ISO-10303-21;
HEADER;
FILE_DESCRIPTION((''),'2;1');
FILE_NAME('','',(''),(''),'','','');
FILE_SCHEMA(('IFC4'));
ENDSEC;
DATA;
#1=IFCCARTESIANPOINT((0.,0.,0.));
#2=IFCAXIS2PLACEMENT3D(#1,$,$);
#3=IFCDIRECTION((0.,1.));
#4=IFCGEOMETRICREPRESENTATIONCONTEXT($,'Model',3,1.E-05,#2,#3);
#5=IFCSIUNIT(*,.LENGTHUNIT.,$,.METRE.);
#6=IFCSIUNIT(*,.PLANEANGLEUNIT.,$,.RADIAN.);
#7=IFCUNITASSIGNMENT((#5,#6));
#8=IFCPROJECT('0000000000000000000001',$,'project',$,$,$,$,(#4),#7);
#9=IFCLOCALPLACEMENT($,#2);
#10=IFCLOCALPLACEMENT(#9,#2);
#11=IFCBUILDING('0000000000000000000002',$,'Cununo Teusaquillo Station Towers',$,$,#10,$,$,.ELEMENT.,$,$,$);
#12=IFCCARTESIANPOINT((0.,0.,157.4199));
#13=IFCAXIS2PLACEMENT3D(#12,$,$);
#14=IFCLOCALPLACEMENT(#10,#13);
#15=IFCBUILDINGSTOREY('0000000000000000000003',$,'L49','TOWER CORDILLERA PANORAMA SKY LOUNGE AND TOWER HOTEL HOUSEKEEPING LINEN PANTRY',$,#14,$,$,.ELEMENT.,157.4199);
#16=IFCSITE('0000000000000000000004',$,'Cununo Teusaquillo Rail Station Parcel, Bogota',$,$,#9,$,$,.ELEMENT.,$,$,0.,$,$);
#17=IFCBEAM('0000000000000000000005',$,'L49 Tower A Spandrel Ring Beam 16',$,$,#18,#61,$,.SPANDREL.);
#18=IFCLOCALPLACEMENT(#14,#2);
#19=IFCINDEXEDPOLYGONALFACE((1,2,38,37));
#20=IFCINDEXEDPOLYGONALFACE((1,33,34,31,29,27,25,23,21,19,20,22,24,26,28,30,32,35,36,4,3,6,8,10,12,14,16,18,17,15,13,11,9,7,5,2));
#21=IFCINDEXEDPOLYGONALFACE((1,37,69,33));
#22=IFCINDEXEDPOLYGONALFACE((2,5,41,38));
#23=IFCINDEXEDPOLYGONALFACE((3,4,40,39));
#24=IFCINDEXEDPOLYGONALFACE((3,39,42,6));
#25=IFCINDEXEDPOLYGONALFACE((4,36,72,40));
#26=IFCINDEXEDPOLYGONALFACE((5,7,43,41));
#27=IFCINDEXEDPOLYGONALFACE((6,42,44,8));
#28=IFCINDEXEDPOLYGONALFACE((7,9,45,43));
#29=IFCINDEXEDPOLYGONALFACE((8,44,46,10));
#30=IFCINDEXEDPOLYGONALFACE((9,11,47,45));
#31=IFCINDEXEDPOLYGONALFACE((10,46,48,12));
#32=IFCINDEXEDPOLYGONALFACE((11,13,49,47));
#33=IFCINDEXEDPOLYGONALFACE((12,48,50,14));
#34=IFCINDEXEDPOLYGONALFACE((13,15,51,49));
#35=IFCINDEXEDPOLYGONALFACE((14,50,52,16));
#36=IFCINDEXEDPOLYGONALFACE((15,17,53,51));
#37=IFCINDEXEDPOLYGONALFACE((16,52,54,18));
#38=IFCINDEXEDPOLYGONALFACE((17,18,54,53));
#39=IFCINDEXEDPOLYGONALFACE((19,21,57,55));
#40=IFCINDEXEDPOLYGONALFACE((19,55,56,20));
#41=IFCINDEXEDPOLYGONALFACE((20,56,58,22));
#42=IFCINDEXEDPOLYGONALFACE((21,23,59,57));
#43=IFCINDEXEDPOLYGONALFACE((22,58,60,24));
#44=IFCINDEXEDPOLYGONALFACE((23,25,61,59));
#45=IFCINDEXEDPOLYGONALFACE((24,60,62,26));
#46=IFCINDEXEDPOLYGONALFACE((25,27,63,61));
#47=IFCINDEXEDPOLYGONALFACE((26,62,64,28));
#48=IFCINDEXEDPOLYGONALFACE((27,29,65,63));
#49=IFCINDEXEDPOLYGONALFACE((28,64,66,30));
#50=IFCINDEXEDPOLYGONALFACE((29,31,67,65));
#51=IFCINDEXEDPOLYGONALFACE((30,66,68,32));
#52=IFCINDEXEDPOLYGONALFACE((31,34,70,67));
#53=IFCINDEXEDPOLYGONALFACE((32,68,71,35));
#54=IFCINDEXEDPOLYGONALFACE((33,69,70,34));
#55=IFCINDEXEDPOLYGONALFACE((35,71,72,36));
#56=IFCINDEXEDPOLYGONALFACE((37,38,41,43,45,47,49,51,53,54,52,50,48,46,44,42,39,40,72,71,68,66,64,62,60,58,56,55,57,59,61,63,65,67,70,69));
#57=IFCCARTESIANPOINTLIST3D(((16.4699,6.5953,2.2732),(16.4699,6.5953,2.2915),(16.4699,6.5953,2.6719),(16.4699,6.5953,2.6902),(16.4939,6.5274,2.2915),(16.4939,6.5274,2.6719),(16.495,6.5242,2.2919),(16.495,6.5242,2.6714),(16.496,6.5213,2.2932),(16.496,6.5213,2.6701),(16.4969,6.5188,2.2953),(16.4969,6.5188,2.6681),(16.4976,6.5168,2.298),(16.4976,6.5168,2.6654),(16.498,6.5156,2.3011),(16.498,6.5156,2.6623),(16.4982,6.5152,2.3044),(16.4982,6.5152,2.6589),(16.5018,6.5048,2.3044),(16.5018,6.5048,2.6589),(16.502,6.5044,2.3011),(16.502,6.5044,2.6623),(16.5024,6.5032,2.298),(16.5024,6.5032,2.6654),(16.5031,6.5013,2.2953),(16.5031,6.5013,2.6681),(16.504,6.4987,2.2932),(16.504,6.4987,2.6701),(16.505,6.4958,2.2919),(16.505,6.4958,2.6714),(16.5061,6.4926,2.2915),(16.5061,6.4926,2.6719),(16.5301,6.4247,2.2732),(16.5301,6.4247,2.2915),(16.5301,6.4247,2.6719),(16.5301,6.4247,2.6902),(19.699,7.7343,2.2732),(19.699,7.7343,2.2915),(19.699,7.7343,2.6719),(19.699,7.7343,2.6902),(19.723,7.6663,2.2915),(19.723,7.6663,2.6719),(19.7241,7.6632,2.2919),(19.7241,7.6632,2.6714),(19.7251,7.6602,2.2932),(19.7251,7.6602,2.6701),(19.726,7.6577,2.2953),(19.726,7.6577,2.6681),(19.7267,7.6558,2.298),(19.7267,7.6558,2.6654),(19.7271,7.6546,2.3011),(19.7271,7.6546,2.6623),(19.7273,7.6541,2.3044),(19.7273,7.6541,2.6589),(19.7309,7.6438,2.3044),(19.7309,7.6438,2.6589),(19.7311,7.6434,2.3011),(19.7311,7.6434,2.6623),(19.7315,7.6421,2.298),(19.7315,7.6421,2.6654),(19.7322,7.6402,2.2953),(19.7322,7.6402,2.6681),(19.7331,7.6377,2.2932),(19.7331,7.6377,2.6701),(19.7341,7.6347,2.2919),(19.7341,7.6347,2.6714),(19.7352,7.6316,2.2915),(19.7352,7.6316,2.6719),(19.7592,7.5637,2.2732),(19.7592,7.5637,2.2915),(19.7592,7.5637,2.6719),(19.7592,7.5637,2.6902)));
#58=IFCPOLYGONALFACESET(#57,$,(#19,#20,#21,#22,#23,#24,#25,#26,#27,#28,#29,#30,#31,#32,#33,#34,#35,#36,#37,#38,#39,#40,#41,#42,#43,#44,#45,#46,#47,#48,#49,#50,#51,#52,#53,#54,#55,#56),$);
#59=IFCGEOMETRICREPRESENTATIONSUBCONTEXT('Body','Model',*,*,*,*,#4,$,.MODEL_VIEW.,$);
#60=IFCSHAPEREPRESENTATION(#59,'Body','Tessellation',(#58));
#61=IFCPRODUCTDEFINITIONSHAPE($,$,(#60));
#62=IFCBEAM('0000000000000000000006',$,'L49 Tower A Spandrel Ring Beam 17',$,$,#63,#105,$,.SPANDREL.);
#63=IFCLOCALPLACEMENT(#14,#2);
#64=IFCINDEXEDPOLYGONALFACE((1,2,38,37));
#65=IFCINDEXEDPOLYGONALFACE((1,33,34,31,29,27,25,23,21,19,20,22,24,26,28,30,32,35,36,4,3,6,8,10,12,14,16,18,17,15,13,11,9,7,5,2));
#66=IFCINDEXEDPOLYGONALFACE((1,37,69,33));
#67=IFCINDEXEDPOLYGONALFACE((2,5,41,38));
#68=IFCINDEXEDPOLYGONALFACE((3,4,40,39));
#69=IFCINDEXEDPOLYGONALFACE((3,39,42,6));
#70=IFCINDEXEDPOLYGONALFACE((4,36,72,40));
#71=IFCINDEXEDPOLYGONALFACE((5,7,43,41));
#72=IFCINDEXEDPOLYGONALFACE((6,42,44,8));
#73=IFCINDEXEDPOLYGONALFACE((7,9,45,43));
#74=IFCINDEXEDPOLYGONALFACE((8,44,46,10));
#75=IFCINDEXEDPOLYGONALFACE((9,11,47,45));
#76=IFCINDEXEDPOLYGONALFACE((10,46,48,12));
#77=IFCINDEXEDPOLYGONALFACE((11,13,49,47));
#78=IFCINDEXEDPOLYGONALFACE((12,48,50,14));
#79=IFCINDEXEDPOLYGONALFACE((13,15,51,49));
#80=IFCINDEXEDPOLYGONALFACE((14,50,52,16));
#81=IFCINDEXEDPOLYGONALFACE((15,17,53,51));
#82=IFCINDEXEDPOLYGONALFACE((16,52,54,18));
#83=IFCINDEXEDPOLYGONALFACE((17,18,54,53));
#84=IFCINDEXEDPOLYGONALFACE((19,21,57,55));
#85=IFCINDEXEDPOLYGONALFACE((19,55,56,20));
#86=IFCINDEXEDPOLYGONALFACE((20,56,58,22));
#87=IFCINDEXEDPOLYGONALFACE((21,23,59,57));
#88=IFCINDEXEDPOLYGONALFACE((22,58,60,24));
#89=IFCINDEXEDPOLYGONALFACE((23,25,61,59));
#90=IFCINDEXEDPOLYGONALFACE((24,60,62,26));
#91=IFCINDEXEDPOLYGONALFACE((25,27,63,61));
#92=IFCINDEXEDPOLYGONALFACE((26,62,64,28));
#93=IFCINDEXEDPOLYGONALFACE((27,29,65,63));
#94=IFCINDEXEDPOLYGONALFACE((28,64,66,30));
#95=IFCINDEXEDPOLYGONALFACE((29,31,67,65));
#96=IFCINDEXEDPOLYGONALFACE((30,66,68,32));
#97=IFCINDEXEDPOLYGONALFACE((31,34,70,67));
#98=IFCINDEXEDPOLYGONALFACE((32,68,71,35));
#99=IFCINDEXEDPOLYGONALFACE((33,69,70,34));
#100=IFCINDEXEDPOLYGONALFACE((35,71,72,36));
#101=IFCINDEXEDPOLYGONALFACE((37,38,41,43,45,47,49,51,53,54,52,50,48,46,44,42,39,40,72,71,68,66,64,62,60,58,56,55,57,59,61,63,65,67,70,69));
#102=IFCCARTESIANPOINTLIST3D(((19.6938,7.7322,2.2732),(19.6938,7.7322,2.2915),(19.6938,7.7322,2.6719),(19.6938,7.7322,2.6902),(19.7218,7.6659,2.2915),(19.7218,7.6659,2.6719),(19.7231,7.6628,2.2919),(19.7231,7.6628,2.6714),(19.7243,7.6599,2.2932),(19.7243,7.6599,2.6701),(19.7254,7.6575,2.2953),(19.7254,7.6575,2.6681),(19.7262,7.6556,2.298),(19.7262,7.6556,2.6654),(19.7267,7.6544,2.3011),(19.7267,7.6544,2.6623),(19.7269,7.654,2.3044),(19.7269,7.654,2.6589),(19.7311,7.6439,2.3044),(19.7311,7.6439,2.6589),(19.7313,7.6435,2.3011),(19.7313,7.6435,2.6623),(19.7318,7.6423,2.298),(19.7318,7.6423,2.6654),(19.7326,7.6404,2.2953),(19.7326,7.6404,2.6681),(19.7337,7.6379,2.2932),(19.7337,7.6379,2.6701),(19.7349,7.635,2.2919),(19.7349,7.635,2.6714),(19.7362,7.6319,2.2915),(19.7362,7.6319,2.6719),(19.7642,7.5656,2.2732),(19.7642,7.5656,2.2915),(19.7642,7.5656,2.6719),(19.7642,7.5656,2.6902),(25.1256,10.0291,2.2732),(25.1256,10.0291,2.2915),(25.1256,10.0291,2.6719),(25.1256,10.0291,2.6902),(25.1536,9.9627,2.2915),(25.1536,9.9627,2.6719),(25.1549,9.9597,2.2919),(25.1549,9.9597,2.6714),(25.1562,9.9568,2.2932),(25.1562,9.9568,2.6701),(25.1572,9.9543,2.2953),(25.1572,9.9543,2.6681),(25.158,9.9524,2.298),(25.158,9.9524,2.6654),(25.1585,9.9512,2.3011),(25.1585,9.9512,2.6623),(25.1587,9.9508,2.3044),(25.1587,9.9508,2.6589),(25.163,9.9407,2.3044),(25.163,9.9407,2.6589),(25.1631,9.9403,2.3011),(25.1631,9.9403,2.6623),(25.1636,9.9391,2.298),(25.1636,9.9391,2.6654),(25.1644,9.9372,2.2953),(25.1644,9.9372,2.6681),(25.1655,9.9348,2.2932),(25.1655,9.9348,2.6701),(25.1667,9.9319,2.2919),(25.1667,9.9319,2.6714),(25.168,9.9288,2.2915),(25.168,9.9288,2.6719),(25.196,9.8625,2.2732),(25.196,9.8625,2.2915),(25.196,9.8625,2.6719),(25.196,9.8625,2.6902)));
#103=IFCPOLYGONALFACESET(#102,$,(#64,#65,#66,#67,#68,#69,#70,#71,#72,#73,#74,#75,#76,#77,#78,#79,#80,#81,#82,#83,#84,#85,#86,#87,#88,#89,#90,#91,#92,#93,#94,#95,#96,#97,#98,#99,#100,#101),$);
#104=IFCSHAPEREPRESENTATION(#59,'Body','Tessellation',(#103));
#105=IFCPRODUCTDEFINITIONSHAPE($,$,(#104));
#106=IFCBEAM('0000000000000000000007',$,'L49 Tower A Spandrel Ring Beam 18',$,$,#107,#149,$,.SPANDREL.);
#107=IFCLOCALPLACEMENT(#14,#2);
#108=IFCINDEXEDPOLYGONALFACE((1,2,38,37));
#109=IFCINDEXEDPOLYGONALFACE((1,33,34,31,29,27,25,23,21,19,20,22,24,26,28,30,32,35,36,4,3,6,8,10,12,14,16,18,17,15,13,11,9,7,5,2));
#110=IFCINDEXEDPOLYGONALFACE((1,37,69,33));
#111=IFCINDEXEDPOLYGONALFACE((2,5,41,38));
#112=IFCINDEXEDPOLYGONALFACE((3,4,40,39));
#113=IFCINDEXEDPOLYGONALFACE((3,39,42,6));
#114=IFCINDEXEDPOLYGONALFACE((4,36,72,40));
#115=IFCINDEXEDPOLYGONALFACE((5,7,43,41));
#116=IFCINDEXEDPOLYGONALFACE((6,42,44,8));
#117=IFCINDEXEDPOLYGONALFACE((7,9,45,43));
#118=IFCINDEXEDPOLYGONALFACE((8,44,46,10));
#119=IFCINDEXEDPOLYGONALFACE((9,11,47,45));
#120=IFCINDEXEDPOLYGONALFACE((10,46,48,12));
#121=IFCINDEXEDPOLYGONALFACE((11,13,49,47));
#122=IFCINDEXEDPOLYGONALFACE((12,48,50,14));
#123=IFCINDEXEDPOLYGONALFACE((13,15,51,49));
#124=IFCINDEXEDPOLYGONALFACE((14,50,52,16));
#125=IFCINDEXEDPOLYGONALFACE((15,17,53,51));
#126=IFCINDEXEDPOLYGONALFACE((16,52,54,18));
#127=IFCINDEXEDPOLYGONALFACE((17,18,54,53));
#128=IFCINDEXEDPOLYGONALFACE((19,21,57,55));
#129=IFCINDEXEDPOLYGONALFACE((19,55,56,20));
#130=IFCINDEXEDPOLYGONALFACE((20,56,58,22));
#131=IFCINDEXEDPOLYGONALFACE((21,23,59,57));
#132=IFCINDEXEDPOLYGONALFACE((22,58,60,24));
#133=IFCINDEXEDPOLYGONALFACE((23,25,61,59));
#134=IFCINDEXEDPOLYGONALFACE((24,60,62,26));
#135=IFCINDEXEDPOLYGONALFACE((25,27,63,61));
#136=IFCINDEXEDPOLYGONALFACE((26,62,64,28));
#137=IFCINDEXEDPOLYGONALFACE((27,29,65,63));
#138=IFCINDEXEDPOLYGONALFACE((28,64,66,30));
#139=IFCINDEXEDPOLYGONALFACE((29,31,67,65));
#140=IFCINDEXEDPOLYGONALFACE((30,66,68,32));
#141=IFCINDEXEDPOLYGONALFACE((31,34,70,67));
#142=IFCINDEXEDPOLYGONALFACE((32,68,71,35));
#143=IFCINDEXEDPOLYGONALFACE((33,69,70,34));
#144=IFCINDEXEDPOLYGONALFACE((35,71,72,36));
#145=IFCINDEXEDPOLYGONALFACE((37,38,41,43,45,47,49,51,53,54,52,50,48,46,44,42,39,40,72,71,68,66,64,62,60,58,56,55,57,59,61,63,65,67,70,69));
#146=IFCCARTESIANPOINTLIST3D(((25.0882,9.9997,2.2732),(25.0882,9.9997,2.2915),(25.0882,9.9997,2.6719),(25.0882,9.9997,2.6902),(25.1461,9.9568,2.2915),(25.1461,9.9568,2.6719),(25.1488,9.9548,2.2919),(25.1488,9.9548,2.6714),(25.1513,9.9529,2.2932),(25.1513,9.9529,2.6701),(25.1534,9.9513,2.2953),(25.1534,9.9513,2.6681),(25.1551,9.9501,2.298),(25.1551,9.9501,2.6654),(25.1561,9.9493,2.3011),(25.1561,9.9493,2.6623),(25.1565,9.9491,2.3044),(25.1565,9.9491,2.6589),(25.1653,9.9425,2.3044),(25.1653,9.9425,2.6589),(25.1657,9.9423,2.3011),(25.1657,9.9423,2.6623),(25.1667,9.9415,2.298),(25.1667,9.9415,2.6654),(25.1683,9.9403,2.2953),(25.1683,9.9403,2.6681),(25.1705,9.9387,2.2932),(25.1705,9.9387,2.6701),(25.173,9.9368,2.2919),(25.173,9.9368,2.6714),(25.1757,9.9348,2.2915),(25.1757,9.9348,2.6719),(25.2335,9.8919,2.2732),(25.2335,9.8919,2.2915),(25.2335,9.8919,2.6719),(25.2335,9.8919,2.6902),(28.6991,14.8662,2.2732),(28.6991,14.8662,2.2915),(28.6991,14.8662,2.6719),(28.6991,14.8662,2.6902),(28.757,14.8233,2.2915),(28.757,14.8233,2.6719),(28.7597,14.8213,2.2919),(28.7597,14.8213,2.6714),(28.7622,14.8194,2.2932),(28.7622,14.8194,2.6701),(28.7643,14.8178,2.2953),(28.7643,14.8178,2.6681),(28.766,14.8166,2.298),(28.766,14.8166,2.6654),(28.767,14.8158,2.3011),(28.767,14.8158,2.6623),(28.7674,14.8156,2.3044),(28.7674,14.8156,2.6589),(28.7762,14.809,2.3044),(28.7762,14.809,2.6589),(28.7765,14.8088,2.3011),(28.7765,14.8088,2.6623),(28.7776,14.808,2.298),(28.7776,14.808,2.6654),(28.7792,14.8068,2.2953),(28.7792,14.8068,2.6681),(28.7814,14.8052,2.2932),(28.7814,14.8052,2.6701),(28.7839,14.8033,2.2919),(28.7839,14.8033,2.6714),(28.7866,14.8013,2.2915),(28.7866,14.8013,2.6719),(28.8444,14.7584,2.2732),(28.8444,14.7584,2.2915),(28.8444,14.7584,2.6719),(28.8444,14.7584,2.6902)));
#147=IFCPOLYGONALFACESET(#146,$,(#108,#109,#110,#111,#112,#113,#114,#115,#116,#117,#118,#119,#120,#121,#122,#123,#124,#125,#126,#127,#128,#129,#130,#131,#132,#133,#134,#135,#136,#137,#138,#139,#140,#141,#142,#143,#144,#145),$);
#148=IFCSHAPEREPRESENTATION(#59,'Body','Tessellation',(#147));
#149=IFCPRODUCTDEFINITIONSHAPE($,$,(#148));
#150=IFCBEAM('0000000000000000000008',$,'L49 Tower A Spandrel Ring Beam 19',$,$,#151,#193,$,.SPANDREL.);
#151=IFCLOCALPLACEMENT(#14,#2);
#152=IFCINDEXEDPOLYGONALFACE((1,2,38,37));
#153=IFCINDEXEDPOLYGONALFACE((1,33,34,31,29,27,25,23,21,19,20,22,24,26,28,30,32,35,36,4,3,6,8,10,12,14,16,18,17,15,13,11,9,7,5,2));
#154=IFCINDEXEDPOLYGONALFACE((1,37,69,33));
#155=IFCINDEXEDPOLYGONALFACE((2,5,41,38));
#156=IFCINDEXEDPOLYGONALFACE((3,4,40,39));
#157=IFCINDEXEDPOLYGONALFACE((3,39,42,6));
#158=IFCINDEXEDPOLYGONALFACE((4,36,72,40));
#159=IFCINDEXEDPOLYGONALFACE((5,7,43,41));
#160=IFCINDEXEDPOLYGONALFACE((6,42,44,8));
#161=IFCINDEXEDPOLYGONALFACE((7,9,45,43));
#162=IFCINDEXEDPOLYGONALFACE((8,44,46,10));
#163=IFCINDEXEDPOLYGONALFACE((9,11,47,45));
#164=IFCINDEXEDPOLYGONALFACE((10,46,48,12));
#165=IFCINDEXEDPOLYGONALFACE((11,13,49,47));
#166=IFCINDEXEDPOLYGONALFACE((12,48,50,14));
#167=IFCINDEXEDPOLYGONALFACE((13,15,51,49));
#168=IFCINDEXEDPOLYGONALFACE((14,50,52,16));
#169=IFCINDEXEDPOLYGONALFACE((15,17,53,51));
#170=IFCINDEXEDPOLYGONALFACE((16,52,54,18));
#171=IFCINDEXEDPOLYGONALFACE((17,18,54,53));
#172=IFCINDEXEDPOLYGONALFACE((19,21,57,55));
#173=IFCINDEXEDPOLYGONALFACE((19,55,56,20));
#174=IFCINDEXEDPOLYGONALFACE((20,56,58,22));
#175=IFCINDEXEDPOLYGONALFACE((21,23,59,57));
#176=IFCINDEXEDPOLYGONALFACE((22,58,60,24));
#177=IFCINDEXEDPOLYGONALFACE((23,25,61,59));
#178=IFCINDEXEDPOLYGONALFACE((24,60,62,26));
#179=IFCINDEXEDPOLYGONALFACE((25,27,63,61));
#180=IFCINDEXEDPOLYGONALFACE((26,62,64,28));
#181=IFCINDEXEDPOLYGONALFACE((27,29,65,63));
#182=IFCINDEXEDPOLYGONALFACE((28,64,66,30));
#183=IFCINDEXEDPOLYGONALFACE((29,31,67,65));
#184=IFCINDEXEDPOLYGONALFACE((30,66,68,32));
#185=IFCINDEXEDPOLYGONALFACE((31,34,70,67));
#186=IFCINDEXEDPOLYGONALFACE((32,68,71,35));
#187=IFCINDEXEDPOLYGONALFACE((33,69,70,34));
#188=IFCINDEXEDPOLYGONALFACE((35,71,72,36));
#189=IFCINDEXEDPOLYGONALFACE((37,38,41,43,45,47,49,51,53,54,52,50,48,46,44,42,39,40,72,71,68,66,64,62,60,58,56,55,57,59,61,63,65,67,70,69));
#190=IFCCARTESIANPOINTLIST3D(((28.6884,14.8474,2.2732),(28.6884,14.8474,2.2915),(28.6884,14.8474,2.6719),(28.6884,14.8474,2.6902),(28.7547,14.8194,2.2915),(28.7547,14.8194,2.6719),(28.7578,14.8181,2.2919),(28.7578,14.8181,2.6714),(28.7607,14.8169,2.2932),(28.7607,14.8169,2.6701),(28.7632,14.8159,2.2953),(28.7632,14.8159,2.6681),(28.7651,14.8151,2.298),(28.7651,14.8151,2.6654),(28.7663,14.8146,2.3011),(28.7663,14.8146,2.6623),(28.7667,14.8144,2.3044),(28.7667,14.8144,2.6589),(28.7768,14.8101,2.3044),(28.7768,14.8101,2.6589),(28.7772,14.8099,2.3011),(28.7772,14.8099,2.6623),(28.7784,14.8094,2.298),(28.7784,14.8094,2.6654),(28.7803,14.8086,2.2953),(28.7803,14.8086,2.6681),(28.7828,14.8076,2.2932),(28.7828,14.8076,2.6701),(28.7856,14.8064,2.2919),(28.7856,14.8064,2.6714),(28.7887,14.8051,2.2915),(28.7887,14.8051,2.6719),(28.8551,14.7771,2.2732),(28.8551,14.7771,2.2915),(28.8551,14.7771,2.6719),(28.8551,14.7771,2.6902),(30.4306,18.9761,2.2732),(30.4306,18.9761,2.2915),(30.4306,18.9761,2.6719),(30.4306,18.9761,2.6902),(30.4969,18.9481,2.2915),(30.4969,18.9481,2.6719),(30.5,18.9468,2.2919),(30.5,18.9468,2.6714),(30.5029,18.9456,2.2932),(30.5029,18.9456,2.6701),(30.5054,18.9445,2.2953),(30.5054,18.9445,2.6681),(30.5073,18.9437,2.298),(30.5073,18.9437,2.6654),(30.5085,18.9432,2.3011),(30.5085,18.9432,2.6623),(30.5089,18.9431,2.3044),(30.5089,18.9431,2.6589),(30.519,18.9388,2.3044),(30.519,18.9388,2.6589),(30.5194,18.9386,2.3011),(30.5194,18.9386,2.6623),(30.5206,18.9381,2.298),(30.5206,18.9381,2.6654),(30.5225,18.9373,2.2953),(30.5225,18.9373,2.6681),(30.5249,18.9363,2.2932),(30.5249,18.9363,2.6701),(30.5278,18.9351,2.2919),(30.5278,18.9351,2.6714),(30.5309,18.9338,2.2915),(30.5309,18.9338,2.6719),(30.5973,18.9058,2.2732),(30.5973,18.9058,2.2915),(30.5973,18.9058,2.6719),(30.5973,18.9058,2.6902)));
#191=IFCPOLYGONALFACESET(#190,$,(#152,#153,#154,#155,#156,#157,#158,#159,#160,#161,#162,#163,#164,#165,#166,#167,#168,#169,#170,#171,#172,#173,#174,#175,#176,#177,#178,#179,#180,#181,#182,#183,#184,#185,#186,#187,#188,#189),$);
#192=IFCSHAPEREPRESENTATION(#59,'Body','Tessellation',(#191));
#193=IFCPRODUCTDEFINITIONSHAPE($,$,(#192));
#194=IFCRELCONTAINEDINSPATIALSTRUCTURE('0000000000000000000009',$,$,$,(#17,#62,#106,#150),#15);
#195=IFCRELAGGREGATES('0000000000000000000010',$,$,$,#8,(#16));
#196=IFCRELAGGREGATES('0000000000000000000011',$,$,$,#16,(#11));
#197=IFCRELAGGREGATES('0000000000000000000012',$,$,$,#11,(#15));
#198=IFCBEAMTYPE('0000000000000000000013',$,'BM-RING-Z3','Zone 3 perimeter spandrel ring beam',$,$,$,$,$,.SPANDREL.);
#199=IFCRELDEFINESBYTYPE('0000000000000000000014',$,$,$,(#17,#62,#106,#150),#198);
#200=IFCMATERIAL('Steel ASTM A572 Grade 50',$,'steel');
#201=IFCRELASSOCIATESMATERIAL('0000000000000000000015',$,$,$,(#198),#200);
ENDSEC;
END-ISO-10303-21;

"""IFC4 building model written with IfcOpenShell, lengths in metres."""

from ifc_helpers import new_model, si_unit, direction, frame, origin, origin_2d, place, context, subcontext, project, spatial, i_section, extrude, material, material_profile, profile_set, type_object, element, save


model = new_model("IFC4")

# Units and contexts
model_context = context("Model", 3, precision=1e-05, world=origin(), true_north=direction((0.0, 1.0)))
body_context = subcontext(model_context, "Body", "Model", "MODEL_VIEW")
ifc_project = project(units=[si_unit("LENGTHUNIT", "METRE"), si_unit("PLANEANGLEUNIT", "RADIAN")], contexts=[model_context])

# Site, building, storey
site_placement = place(None, origin())
site = spatial("IfcSite", under=ifc_project, at=site_placement, Name="Cununo Teusaquillo Rail Station Parcel, Bogota", CompositionType="ELEMENT", RefElevation=0.0)
building_placement = place(site_placement, origin())
building = spatial("IfcBuilding", under=site, at=building_placement, Name="Cununo Teusaquillo Station Towers", CompositionType="ELEMENT")
storey_placement = place(building_placement, frame((0.0, 0.0, 157.4199)))
storey = spatial("IfcBuildingStorey", under=building, at=storey_placement, Name="L49", Description="TOWER CORDILLERA PANORAMA SKY LOUNGE AND TOWER HOTEL HOUSEKEEPING LINEN PANTRY", CompositionType="ELEMENT", Elevation=157.4199)

# Beams
ifc_material_1 = material(Name="Steel ASTM A572 Grade 50", Category="steel")
ifc_material_profile_1 = material_profile(ifc_material_1, i_section(OverallWidth=0.1809, OverallDepth=0.417, WebThickness=0.011, FlangeThickness=0.0183, FilletRadius=0.0129, at=origin_2d()), Name="W16X57")
ifc_profile_set_1 = profile_set([ifc_material_profile_1], Name="Steel ASTM A572 Grade 50")
beam_type_1 = type_object("IfcBeamType", Name="BM-RING-Z3", Description="Zone 3 perimeter spandrel ring beam", PredefinedType="SPANDREL", material=ifc_profile_set_1)
beam_1_placement = place(storey_placement, frame((16.5, 6.51, 2.4817), z_axis=(0.943057, 0.33263, 0.0), x_axis=(-0.33263, 0.943057, 0.0)))
element("IfcBeam", 1, at=beam_1_placement, inside=storey, type_object=beam_type_1, Name="L49 Tower A Spandrel Ring Beam 16", PredefinedType="SPANDREL", context=body_context, shape_type="SweptSolid", body=[
    extrude(i_section(OverallWidth=0.1809, OverallDepth=0.417, WebThickness=0.011, FlangeThickness=0.0183, FilletRadius=0.0129, at=origin_2d()), origin(), (0.0, 0.0, 1.0), 3.4241),
])
beam_2_placement = place(storey_placement, frame((19.729, 7.6489, 2.4817), z_axis=(0.921042, 0.389463, 0.0), x_axis=(-0.389463, 0.921042, 0.0)))
element("IfcBeam", 2, at=beam_2_placement, inside=storey, type_object=beam_type_1, Name="L49 Tower A Spandrel Ring Beam 17", PredefinedType="SPANDREL", context=body_context, shape_type="SweptSolid", body=[
    extrude(i_section(OverallWidth=0.1809, OverallDepth=0.417, WebThickness=0.011, FlangeThickness=0.0183, FilletRadius=0.0129, at=origin_2d()), origin(), (0.0, 0.0, 1.0), 5.8975),
])
beam_3_placement = place(storey_placement, frame((25.1609, 9.9458, 2.4817), z_axis=(0.595873, 0.803079, 0.0), x_axis=(-0.803079, 0.595873, 0.0)))
element("IfcBeam", 3, at=beam_3_placement, inside=storey, type_object=beam_type_1, Name="L49 Tower A Spandrel Ring Beam 18", PredefinedType="SPANDREL", context=body_context, shape_type="SweptSolid", body=[
    extrude(i_section(OverallWidth=0.1809, OverallDepth=0.417, WebThickness=0.011, FlangeThickness=0.0183, FilletRadius=0.0129, at=origin_2d()), origin(), (0.0, 0.0, 1.0), 6.0598),
])
beam_4_placement = place(storey_placement, frame((28.7717, 14.8123, 2.4817), z_axis=(0.388778, 0.921332, 0.0), x_axis=(-0.921332, 0.388778, 0.0)))
element("IfcBeam", 4, at=beam_4_placement, inside=storey, type_object=beam_type_1, Name="L49 Tower A Spandrel Ring Beam 19", PredefinedType="SPANDREL", context=body_context, shape_type="SweptSolid", body=[
    extrude(i_section(OverallWidth=0.1809, OverallDepth=0.417, WebThickness=0.011, FlangeThickness=0.0183, FilletRadius=0.0129, at=origin_2d()), origin(), (0.0, 0.0, 1.0), 4.4812),
])

save(model, "model.ifc")
